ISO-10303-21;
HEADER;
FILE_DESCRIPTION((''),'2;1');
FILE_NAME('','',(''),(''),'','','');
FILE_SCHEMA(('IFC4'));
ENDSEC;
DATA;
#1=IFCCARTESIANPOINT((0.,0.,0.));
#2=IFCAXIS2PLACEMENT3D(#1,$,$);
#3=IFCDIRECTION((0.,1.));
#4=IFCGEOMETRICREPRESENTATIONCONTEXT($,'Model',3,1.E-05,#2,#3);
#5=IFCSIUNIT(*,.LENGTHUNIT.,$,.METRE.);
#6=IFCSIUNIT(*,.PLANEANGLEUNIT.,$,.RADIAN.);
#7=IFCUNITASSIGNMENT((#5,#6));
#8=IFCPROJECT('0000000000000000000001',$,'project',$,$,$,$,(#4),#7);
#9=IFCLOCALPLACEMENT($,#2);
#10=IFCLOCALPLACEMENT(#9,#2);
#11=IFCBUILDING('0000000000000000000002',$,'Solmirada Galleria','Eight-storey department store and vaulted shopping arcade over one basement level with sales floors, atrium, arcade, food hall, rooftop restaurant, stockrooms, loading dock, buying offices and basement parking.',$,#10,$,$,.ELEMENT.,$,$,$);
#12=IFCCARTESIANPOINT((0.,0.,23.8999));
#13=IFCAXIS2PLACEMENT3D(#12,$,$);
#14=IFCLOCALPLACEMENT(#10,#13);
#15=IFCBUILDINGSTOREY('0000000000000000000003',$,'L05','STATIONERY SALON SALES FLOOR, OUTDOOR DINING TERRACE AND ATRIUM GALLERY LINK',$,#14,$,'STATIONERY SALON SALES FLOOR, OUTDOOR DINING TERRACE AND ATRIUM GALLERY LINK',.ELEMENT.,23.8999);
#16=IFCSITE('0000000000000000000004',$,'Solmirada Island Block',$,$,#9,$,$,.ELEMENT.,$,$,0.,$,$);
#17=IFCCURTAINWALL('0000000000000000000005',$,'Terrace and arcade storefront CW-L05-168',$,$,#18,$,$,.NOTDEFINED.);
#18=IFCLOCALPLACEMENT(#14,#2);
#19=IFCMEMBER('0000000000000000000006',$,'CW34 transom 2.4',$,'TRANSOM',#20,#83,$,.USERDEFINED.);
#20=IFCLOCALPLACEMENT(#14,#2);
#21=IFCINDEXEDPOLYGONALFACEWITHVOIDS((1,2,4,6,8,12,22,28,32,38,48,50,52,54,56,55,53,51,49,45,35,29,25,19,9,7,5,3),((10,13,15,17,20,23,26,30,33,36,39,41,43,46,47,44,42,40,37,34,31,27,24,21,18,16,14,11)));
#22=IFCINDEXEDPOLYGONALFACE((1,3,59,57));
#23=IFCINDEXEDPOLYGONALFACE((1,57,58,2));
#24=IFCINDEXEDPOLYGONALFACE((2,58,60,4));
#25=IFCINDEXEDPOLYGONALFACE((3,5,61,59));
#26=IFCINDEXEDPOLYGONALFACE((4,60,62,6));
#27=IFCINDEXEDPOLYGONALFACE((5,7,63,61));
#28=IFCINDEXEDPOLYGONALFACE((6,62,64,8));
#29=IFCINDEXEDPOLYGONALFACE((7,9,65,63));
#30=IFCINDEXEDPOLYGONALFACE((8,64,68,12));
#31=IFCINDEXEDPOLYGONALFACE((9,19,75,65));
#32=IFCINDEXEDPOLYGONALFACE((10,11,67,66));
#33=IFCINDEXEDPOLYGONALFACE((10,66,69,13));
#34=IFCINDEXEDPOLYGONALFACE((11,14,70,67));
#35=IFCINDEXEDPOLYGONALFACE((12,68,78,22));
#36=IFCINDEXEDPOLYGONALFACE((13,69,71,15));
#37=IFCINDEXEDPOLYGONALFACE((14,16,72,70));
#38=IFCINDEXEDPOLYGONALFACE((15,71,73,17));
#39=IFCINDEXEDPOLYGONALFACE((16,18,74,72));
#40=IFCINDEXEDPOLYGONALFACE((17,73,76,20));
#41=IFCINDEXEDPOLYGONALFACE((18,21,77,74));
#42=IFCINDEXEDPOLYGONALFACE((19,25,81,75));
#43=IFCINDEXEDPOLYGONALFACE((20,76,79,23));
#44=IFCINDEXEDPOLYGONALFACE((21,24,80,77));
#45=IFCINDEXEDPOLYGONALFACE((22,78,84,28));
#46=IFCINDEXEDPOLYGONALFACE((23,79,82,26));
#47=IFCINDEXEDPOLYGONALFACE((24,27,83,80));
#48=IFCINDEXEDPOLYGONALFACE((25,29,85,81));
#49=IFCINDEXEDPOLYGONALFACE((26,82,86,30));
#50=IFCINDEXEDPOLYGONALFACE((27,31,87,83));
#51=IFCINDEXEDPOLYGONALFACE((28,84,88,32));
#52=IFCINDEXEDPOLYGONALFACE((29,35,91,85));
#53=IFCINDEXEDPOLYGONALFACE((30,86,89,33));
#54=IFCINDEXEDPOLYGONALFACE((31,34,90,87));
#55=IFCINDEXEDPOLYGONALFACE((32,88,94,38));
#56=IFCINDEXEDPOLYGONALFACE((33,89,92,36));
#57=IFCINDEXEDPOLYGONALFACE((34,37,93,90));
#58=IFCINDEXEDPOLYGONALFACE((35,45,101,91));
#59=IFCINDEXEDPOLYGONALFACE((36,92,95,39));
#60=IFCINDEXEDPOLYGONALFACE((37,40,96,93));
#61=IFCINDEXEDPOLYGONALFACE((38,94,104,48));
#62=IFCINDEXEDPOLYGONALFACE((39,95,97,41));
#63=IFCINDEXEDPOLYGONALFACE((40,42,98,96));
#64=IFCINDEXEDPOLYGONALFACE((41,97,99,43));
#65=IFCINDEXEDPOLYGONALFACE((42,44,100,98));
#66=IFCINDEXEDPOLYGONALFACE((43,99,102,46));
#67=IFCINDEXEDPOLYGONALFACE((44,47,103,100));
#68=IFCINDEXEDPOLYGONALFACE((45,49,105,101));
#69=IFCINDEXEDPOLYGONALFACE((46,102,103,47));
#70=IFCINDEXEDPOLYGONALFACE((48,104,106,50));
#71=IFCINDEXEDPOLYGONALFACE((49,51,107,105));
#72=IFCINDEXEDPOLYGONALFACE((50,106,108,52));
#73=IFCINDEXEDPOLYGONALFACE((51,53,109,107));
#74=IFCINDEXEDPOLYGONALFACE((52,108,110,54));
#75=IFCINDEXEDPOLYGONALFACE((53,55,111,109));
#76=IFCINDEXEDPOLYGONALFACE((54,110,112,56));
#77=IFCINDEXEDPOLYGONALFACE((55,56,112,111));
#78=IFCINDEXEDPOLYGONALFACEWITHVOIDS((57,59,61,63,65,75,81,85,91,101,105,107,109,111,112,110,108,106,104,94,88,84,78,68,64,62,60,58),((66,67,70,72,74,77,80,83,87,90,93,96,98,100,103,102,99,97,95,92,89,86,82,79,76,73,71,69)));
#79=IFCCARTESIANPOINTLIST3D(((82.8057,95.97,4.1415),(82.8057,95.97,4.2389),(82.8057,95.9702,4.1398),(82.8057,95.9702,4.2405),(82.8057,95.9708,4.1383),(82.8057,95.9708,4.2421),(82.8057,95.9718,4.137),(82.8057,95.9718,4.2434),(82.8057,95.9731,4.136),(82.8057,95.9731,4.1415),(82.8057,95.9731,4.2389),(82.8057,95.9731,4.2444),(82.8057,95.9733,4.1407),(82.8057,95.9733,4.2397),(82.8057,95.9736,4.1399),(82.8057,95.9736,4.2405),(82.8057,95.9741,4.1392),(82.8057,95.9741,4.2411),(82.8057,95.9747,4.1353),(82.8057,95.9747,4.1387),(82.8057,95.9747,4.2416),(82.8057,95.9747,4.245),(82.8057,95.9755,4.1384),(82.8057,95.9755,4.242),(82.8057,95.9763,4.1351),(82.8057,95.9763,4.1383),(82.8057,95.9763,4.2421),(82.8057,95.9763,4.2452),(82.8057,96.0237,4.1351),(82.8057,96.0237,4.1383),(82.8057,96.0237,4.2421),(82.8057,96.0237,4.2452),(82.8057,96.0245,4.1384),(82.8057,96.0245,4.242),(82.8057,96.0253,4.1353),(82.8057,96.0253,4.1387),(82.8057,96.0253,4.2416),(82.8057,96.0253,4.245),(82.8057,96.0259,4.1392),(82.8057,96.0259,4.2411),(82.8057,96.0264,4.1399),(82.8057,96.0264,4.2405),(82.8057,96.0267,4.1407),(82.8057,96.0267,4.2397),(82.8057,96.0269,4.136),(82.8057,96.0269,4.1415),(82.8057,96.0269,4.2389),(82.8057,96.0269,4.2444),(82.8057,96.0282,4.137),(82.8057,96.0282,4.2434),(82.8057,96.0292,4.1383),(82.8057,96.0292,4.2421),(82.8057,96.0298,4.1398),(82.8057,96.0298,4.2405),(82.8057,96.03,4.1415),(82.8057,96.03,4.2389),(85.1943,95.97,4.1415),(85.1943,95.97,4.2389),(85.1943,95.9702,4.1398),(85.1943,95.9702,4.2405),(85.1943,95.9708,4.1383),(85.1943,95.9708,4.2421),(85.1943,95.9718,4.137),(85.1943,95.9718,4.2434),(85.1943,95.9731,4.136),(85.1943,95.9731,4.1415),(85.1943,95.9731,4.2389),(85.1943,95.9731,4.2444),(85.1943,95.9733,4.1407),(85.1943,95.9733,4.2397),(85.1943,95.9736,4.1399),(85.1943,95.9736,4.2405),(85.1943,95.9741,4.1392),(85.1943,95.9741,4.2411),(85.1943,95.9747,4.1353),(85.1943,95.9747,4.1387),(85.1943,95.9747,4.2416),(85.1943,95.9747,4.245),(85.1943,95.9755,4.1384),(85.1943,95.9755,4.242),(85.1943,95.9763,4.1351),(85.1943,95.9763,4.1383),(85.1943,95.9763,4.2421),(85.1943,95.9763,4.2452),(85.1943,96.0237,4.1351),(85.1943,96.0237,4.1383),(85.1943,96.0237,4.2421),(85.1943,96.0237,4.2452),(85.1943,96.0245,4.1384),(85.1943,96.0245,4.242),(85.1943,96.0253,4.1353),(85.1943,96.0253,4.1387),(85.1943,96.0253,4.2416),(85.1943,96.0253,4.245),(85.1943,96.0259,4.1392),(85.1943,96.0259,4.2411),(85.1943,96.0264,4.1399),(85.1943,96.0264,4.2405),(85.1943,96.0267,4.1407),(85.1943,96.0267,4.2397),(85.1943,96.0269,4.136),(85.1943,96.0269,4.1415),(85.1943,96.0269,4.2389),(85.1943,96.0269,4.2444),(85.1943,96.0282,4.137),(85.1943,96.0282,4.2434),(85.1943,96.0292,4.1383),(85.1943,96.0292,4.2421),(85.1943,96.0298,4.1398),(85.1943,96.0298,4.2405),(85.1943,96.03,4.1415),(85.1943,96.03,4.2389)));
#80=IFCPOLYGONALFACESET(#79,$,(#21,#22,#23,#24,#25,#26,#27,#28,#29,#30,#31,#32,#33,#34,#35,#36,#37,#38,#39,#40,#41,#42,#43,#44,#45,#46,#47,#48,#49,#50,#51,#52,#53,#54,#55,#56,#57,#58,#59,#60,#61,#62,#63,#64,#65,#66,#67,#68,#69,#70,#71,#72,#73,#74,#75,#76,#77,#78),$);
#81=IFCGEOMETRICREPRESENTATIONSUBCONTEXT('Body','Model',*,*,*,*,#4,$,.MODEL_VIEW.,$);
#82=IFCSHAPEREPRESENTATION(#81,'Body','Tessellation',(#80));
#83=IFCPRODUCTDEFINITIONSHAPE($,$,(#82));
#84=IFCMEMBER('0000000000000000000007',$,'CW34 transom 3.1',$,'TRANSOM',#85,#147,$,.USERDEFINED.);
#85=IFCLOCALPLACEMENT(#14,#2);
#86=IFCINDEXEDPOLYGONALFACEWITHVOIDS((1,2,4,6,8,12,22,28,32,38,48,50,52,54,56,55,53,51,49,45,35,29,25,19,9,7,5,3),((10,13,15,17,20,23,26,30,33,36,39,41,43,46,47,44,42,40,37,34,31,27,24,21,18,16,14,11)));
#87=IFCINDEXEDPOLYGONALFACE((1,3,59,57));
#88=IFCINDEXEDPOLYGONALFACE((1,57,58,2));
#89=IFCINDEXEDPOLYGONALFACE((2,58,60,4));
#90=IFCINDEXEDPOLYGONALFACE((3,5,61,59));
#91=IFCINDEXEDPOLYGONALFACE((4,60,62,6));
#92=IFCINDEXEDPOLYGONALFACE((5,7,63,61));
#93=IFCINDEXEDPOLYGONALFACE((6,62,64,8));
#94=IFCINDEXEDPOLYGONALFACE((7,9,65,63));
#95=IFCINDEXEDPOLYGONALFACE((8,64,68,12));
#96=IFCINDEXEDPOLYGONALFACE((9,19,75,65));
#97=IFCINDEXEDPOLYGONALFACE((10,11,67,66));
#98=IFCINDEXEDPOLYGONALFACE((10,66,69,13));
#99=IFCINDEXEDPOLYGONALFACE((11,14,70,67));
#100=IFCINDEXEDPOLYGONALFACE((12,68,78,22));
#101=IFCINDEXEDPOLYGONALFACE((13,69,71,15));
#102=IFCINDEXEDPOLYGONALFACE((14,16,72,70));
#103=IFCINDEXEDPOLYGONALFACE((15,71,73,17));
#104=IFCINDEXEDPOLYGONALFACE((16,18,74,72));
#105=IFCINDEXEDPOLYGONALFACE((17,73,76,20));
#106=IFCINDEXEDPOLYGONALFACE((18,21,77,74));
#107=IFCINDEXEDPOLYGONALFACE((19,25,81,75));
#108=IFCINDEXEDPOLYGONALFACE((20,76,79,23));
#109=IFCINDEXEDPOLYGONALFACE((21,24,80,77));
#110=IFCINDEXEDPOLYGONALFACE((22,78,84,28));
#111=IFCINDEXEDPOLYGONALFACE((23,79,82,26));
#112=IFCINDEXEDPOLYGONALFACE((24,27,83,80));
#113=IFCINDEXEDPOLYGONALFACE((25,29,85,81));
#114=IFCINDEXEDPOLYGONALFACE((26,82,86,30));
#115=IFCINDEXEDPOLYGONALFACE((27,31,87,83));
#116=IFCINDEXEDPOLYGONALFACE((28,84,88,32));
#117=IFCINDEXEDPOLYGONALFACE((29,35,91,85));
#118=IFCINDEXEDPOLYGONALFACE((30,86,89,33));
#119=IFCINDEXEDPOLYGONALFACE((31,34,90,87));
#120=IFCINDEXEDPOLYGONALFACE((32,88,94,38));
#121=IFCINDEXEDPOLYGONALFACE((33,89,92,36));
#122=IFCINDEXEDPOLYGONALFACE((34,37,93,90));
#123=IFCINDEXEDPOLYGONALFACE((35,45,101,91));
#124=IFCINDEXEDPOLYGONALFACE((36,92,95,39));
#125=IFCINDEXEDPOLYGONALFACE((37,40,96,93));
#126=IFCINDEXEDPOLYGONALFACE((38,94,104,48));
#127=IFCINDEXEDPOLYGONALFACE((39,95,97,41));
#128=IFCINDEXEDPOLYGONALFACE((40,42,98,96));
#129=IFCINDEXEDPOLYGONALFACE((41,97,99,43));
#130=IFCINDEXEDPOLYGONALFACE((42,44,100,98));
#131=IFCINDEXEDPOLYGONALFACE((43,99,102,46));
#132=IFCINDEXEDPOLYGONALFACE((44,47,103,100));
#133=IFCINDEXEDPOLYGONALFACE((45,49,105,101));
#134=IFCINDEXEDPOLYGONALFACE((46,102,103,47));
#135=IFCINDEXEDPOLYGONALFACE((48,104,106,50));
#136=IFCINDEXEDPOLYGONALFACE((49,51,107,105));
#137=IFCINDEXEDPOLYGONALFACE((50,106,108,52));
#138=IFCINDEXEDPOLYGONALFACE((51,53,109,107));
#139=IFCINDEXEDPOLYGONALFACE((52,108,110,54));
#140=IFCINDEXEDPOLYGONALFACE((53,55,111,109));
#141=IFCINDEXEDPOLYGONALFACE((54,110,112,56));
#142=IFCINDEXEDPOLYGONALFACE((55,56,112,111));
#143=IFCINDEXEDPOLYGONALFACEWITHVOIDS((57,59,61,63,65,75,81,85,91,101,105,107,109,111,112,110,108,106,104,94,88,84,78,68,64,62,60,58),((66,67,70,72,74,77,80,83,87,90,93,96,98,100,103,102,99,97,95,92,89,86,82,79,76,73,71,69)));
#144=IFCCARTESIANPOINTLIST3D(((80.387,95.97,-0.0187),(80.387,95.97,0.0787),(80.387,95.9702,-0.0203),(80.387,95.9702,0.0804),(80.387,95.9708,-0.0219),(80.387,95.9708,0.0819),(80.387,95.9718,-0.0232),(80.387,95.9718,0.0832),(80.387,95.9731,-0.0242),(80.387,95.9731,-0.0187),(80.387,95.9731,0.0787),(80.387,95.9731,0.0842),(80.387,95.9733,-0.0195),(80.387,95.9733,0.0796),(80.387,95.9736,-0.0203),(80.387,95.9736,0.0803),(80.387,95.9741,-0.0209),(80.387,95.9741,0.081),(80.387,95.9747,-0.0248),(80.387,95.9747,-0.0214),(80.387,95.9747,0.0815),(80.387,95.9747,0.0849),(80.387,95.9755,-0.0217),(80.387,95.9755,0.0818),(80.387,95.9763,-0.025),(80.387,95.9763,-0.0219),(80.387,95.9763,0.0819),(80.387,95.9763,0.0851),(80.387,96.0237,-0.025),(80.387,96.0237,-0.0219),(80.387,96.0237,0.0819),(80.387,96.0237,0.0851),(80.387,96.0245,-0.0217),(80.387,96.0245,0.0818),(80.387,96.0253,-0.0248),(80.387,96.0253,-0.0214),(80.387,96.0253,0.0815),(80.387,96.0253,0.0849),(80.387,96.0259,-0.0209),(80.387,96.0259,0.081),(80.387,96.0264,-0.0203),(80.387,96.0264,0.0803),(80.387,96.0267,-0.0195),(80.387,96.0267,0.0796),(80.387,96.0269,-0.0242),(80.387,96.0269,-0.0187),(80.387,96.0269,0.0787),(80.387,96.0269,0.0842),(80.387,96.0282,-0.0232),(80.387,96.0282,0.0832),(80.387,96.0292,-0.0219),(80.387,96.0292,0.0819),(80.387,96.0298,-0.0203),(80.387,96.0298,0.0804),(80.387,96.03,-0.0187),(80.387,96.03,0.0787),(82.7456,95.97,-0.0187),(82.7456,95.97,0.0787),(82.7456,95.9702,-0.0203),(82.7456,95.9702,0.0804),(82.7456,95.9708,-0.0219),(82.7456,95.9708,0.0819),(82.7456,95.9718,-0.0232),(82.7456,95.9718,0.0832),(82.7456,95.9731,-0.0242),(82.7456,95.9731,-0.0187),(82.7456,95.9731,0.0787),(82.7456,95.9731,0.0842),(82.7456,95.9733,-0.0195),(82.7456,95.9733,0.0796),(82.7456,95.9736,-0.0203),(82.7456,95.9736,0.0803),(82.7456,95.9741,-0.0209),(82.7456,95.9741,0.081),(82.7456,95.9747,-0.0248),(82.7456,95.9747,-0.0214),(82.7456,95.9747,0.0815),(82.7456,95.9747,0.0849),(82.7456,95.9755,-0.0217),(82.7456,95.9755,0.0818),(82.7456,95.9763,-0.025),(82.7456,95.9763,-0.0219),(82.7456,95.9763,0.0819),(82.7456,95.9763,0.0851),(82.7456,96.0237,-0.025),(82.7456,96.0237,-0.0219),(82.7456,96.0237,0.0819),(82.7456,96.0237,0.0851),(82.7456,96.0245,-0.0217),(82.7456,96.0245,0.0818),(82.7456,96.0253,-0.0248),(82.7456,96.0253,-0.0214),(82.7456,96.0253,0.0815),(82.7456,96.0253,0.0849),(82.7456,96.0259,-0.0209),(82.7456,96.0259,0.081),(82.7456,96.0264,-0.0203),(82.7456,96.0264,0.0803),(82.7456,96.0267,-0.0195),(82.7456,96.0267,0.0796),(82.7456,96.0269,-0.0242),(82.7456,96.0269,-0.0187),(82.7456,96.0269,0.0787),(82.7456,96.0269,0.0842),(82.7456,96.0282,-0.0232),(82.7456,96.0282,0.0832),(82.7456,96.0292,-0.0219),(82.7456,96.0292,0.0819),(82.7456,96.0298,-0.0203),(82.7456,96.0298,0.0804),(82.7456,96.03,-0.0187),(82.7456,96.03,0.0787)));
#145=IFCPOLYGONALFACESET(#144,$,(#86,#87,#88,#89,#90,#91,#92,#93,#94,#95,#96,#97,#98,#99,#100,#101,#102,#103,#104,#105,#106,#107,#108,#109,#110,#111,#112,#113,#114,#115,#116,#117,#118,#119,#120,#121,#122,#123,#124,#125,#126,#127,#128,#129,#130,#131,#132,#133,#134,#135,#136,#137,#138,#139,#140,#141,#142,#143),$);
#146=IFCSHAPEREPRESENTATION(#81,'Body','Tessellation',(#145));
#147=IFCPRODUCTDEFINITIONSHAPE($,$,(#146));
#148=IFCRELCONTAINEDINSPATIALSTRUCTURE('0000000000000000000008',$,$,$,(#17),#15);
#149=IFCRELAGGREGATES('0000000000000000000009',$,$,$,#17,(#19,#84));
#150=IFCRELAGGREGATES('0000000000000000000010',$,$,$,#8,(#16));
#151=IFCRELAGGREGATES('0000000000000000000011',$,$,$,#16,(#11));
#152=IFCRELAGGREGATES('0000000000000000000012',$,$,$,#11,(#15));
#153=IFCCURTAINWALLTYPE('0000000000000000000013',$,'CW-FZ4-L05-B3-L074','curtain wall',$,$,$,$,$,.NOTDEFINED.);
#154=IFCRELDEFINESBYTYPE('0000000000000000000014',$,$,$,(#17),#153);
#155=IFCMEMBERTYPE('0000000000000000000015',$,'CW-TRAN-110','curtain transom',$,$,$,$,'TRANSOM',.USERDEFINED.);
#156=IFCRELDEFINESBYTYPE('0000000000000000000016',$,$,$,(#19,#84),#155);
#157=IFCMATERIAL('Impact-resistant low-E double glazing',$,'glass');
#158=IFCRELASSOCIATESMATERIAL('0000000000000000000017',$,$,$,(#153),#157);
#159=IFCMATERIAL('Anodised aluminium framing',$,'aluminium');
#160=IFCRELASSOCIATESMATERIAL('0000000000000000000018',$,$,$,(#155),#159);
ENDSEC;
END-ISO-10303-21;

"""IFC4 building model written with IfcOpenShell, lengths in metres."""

from ifc_helpers import new_model, si_unit, direction, frame, origin, origin_2d, place, context, subcontext, project, spatial, hollow_rectangle, extrude, material, material_profile, profile_set, type_object, element, aggregate, save


model = new_model("IFC4")

# Units and contexts
model_context = context("Model", 3, precision=1e-05, world=origin(), true_north=direction((0.0, 1.0)))
body_context = subcontext(model_context, "Body", "Model", "MODEL_VIEW")
ifc_project = project(units=[si_unit("LENGTHUNIT", "METRE"), si_unit("PLANEANGLEUNIT", "RADIAN")], contexts=[model_context])

# Site, building, storey
site_placement = place(None, origin())
site = spatial("IfcSite", under=ifc_project, at=site_placement, Name="Solmirada Island Block", CompositionType="ELEMENT", RefElevation=0.0)
building_placement = place(site_placement, origin())
building = spatial("IfcBuilding", under=site, at=building_placement, Name="Solmirada Galleria", Description="Eight-storey department store and vaulted shopping arcade over one basement level with sales floors, atrium, arcade, food hall, rooftop restaurant, stockrooms, loading dock, buying offices and basement parking.", CompositionType="ELEMENT")
storey_placement = place(building_placement, frame((0.0, 0.0, 23.8999)))
storey = spatial("IfcBuildingStorey", under=building, at=storey_placement, Name="L05", Description="STATIONERY SALON SALES FLOOR, OUTDOOR DINING TERRACE AND ATRIUM GALLERY LINK", LongName="STATIONERY SALON SALES FLOOR, OUTDOOR DINING TERRACE AND ATRIUM GALLERY LINK", CompositionType="ELEMENT", Elevation=23.8999)

# Curtain wall
ifc_material_1 = material(Name="Impact-resistant low-E double glazing", Category="glass")
curtain_wall_type = type_object("IfcCurtainWallType", Name="CW-FZ4-L05-B3-L074", Description="curtain wall", PredefinedType="NOTDEFINED", material=ifc_material_1)
curtain_wall_1_placement = place(storey_placement, origin())
curtain_wall_1 = element("IfcCurtainWall", 1, at=curtain_wall_1_placement, inside=storey, type_object=curtain_wall_type, Name="Terrace and arcade storefront CW-L05-168", PredefinedType="NOTDEFINED")
ifc_material_2 = material(Name="Anodised aluminium framing", Category="aluminium")

# Members
ifc_material_profile_1 = material_profile(ifc_material_2, hollow_rectangle(XDim=0.0601, YDim=0.1101, WallThickness=0.0032, InnerFilletRadius=0.0032, OuterFilletRadius=0.0063, at=origin_2d()), Name="ALU-TRAN-110X60")
ifc_profile_set_1 = profile_set([ifc_material_profile_1], Name="Anodised aluminium framing")
member_type_1 = type_object("IfcMemberType", Name="CW-TRAN-110", Description="curtain transom", ElementType="TRANSOM", PredefinedType="USERDEFINED", material=ifc_profile_set_1)
member_1_placement = place(storey_placement, frame((85.1943, 96.0, 4.1902), z_axis=(-1.0, 0.0, 0.0), x_axis=(0.0, -1.0, 0.0)))
member_1 = element("IfcMember", 2, at=member_1_placement, type_object=member_type_1, Name="CW34 transom 2.4", ObjectType="TRANSOM", PredefinedType="USERDEFINED", context=body_context, shape_type="SweptSolid", body=[
    extrude(hollow_rectangle(XDim=0.0601, YDim=0.1101, WallThickness=0.0032, InnerFilletRadius=0.0032, OuterFilletRadius=0.0063, at=origin_2d()), origin(), (0.0, 0.0, 1.0), 2.3887),
])
member_2_placement = place(storey_placement, frame((82.7456, 96.0, 0.03), z_axis=(-1.0, 0.0, 0.0), x_axis=(0.0, -1.0, 0.0)))
member_2 = element("IfcMember", 3, at=member_2_placement, type_object=member_type_1, Name="CW34 transom 3.1", ObjectType="TRANSOM", PredefinedType="USERDEFINED", context=body_context, shape_type="SweptSolid", body=[
    extrude(hollow_rectangle(XDim=0.0601, YDim=0.1101, WallThickness=0.0032, InnerFilletRadius=0.0032, OuterFilletRadius=0.0063, at=origin_2d()), origin(), (0.0, 0.0, 1.0), 2.3586),
])

aggregate(curtain_wall_1, [member_1, member_2])

save(model, "model.ifc")
